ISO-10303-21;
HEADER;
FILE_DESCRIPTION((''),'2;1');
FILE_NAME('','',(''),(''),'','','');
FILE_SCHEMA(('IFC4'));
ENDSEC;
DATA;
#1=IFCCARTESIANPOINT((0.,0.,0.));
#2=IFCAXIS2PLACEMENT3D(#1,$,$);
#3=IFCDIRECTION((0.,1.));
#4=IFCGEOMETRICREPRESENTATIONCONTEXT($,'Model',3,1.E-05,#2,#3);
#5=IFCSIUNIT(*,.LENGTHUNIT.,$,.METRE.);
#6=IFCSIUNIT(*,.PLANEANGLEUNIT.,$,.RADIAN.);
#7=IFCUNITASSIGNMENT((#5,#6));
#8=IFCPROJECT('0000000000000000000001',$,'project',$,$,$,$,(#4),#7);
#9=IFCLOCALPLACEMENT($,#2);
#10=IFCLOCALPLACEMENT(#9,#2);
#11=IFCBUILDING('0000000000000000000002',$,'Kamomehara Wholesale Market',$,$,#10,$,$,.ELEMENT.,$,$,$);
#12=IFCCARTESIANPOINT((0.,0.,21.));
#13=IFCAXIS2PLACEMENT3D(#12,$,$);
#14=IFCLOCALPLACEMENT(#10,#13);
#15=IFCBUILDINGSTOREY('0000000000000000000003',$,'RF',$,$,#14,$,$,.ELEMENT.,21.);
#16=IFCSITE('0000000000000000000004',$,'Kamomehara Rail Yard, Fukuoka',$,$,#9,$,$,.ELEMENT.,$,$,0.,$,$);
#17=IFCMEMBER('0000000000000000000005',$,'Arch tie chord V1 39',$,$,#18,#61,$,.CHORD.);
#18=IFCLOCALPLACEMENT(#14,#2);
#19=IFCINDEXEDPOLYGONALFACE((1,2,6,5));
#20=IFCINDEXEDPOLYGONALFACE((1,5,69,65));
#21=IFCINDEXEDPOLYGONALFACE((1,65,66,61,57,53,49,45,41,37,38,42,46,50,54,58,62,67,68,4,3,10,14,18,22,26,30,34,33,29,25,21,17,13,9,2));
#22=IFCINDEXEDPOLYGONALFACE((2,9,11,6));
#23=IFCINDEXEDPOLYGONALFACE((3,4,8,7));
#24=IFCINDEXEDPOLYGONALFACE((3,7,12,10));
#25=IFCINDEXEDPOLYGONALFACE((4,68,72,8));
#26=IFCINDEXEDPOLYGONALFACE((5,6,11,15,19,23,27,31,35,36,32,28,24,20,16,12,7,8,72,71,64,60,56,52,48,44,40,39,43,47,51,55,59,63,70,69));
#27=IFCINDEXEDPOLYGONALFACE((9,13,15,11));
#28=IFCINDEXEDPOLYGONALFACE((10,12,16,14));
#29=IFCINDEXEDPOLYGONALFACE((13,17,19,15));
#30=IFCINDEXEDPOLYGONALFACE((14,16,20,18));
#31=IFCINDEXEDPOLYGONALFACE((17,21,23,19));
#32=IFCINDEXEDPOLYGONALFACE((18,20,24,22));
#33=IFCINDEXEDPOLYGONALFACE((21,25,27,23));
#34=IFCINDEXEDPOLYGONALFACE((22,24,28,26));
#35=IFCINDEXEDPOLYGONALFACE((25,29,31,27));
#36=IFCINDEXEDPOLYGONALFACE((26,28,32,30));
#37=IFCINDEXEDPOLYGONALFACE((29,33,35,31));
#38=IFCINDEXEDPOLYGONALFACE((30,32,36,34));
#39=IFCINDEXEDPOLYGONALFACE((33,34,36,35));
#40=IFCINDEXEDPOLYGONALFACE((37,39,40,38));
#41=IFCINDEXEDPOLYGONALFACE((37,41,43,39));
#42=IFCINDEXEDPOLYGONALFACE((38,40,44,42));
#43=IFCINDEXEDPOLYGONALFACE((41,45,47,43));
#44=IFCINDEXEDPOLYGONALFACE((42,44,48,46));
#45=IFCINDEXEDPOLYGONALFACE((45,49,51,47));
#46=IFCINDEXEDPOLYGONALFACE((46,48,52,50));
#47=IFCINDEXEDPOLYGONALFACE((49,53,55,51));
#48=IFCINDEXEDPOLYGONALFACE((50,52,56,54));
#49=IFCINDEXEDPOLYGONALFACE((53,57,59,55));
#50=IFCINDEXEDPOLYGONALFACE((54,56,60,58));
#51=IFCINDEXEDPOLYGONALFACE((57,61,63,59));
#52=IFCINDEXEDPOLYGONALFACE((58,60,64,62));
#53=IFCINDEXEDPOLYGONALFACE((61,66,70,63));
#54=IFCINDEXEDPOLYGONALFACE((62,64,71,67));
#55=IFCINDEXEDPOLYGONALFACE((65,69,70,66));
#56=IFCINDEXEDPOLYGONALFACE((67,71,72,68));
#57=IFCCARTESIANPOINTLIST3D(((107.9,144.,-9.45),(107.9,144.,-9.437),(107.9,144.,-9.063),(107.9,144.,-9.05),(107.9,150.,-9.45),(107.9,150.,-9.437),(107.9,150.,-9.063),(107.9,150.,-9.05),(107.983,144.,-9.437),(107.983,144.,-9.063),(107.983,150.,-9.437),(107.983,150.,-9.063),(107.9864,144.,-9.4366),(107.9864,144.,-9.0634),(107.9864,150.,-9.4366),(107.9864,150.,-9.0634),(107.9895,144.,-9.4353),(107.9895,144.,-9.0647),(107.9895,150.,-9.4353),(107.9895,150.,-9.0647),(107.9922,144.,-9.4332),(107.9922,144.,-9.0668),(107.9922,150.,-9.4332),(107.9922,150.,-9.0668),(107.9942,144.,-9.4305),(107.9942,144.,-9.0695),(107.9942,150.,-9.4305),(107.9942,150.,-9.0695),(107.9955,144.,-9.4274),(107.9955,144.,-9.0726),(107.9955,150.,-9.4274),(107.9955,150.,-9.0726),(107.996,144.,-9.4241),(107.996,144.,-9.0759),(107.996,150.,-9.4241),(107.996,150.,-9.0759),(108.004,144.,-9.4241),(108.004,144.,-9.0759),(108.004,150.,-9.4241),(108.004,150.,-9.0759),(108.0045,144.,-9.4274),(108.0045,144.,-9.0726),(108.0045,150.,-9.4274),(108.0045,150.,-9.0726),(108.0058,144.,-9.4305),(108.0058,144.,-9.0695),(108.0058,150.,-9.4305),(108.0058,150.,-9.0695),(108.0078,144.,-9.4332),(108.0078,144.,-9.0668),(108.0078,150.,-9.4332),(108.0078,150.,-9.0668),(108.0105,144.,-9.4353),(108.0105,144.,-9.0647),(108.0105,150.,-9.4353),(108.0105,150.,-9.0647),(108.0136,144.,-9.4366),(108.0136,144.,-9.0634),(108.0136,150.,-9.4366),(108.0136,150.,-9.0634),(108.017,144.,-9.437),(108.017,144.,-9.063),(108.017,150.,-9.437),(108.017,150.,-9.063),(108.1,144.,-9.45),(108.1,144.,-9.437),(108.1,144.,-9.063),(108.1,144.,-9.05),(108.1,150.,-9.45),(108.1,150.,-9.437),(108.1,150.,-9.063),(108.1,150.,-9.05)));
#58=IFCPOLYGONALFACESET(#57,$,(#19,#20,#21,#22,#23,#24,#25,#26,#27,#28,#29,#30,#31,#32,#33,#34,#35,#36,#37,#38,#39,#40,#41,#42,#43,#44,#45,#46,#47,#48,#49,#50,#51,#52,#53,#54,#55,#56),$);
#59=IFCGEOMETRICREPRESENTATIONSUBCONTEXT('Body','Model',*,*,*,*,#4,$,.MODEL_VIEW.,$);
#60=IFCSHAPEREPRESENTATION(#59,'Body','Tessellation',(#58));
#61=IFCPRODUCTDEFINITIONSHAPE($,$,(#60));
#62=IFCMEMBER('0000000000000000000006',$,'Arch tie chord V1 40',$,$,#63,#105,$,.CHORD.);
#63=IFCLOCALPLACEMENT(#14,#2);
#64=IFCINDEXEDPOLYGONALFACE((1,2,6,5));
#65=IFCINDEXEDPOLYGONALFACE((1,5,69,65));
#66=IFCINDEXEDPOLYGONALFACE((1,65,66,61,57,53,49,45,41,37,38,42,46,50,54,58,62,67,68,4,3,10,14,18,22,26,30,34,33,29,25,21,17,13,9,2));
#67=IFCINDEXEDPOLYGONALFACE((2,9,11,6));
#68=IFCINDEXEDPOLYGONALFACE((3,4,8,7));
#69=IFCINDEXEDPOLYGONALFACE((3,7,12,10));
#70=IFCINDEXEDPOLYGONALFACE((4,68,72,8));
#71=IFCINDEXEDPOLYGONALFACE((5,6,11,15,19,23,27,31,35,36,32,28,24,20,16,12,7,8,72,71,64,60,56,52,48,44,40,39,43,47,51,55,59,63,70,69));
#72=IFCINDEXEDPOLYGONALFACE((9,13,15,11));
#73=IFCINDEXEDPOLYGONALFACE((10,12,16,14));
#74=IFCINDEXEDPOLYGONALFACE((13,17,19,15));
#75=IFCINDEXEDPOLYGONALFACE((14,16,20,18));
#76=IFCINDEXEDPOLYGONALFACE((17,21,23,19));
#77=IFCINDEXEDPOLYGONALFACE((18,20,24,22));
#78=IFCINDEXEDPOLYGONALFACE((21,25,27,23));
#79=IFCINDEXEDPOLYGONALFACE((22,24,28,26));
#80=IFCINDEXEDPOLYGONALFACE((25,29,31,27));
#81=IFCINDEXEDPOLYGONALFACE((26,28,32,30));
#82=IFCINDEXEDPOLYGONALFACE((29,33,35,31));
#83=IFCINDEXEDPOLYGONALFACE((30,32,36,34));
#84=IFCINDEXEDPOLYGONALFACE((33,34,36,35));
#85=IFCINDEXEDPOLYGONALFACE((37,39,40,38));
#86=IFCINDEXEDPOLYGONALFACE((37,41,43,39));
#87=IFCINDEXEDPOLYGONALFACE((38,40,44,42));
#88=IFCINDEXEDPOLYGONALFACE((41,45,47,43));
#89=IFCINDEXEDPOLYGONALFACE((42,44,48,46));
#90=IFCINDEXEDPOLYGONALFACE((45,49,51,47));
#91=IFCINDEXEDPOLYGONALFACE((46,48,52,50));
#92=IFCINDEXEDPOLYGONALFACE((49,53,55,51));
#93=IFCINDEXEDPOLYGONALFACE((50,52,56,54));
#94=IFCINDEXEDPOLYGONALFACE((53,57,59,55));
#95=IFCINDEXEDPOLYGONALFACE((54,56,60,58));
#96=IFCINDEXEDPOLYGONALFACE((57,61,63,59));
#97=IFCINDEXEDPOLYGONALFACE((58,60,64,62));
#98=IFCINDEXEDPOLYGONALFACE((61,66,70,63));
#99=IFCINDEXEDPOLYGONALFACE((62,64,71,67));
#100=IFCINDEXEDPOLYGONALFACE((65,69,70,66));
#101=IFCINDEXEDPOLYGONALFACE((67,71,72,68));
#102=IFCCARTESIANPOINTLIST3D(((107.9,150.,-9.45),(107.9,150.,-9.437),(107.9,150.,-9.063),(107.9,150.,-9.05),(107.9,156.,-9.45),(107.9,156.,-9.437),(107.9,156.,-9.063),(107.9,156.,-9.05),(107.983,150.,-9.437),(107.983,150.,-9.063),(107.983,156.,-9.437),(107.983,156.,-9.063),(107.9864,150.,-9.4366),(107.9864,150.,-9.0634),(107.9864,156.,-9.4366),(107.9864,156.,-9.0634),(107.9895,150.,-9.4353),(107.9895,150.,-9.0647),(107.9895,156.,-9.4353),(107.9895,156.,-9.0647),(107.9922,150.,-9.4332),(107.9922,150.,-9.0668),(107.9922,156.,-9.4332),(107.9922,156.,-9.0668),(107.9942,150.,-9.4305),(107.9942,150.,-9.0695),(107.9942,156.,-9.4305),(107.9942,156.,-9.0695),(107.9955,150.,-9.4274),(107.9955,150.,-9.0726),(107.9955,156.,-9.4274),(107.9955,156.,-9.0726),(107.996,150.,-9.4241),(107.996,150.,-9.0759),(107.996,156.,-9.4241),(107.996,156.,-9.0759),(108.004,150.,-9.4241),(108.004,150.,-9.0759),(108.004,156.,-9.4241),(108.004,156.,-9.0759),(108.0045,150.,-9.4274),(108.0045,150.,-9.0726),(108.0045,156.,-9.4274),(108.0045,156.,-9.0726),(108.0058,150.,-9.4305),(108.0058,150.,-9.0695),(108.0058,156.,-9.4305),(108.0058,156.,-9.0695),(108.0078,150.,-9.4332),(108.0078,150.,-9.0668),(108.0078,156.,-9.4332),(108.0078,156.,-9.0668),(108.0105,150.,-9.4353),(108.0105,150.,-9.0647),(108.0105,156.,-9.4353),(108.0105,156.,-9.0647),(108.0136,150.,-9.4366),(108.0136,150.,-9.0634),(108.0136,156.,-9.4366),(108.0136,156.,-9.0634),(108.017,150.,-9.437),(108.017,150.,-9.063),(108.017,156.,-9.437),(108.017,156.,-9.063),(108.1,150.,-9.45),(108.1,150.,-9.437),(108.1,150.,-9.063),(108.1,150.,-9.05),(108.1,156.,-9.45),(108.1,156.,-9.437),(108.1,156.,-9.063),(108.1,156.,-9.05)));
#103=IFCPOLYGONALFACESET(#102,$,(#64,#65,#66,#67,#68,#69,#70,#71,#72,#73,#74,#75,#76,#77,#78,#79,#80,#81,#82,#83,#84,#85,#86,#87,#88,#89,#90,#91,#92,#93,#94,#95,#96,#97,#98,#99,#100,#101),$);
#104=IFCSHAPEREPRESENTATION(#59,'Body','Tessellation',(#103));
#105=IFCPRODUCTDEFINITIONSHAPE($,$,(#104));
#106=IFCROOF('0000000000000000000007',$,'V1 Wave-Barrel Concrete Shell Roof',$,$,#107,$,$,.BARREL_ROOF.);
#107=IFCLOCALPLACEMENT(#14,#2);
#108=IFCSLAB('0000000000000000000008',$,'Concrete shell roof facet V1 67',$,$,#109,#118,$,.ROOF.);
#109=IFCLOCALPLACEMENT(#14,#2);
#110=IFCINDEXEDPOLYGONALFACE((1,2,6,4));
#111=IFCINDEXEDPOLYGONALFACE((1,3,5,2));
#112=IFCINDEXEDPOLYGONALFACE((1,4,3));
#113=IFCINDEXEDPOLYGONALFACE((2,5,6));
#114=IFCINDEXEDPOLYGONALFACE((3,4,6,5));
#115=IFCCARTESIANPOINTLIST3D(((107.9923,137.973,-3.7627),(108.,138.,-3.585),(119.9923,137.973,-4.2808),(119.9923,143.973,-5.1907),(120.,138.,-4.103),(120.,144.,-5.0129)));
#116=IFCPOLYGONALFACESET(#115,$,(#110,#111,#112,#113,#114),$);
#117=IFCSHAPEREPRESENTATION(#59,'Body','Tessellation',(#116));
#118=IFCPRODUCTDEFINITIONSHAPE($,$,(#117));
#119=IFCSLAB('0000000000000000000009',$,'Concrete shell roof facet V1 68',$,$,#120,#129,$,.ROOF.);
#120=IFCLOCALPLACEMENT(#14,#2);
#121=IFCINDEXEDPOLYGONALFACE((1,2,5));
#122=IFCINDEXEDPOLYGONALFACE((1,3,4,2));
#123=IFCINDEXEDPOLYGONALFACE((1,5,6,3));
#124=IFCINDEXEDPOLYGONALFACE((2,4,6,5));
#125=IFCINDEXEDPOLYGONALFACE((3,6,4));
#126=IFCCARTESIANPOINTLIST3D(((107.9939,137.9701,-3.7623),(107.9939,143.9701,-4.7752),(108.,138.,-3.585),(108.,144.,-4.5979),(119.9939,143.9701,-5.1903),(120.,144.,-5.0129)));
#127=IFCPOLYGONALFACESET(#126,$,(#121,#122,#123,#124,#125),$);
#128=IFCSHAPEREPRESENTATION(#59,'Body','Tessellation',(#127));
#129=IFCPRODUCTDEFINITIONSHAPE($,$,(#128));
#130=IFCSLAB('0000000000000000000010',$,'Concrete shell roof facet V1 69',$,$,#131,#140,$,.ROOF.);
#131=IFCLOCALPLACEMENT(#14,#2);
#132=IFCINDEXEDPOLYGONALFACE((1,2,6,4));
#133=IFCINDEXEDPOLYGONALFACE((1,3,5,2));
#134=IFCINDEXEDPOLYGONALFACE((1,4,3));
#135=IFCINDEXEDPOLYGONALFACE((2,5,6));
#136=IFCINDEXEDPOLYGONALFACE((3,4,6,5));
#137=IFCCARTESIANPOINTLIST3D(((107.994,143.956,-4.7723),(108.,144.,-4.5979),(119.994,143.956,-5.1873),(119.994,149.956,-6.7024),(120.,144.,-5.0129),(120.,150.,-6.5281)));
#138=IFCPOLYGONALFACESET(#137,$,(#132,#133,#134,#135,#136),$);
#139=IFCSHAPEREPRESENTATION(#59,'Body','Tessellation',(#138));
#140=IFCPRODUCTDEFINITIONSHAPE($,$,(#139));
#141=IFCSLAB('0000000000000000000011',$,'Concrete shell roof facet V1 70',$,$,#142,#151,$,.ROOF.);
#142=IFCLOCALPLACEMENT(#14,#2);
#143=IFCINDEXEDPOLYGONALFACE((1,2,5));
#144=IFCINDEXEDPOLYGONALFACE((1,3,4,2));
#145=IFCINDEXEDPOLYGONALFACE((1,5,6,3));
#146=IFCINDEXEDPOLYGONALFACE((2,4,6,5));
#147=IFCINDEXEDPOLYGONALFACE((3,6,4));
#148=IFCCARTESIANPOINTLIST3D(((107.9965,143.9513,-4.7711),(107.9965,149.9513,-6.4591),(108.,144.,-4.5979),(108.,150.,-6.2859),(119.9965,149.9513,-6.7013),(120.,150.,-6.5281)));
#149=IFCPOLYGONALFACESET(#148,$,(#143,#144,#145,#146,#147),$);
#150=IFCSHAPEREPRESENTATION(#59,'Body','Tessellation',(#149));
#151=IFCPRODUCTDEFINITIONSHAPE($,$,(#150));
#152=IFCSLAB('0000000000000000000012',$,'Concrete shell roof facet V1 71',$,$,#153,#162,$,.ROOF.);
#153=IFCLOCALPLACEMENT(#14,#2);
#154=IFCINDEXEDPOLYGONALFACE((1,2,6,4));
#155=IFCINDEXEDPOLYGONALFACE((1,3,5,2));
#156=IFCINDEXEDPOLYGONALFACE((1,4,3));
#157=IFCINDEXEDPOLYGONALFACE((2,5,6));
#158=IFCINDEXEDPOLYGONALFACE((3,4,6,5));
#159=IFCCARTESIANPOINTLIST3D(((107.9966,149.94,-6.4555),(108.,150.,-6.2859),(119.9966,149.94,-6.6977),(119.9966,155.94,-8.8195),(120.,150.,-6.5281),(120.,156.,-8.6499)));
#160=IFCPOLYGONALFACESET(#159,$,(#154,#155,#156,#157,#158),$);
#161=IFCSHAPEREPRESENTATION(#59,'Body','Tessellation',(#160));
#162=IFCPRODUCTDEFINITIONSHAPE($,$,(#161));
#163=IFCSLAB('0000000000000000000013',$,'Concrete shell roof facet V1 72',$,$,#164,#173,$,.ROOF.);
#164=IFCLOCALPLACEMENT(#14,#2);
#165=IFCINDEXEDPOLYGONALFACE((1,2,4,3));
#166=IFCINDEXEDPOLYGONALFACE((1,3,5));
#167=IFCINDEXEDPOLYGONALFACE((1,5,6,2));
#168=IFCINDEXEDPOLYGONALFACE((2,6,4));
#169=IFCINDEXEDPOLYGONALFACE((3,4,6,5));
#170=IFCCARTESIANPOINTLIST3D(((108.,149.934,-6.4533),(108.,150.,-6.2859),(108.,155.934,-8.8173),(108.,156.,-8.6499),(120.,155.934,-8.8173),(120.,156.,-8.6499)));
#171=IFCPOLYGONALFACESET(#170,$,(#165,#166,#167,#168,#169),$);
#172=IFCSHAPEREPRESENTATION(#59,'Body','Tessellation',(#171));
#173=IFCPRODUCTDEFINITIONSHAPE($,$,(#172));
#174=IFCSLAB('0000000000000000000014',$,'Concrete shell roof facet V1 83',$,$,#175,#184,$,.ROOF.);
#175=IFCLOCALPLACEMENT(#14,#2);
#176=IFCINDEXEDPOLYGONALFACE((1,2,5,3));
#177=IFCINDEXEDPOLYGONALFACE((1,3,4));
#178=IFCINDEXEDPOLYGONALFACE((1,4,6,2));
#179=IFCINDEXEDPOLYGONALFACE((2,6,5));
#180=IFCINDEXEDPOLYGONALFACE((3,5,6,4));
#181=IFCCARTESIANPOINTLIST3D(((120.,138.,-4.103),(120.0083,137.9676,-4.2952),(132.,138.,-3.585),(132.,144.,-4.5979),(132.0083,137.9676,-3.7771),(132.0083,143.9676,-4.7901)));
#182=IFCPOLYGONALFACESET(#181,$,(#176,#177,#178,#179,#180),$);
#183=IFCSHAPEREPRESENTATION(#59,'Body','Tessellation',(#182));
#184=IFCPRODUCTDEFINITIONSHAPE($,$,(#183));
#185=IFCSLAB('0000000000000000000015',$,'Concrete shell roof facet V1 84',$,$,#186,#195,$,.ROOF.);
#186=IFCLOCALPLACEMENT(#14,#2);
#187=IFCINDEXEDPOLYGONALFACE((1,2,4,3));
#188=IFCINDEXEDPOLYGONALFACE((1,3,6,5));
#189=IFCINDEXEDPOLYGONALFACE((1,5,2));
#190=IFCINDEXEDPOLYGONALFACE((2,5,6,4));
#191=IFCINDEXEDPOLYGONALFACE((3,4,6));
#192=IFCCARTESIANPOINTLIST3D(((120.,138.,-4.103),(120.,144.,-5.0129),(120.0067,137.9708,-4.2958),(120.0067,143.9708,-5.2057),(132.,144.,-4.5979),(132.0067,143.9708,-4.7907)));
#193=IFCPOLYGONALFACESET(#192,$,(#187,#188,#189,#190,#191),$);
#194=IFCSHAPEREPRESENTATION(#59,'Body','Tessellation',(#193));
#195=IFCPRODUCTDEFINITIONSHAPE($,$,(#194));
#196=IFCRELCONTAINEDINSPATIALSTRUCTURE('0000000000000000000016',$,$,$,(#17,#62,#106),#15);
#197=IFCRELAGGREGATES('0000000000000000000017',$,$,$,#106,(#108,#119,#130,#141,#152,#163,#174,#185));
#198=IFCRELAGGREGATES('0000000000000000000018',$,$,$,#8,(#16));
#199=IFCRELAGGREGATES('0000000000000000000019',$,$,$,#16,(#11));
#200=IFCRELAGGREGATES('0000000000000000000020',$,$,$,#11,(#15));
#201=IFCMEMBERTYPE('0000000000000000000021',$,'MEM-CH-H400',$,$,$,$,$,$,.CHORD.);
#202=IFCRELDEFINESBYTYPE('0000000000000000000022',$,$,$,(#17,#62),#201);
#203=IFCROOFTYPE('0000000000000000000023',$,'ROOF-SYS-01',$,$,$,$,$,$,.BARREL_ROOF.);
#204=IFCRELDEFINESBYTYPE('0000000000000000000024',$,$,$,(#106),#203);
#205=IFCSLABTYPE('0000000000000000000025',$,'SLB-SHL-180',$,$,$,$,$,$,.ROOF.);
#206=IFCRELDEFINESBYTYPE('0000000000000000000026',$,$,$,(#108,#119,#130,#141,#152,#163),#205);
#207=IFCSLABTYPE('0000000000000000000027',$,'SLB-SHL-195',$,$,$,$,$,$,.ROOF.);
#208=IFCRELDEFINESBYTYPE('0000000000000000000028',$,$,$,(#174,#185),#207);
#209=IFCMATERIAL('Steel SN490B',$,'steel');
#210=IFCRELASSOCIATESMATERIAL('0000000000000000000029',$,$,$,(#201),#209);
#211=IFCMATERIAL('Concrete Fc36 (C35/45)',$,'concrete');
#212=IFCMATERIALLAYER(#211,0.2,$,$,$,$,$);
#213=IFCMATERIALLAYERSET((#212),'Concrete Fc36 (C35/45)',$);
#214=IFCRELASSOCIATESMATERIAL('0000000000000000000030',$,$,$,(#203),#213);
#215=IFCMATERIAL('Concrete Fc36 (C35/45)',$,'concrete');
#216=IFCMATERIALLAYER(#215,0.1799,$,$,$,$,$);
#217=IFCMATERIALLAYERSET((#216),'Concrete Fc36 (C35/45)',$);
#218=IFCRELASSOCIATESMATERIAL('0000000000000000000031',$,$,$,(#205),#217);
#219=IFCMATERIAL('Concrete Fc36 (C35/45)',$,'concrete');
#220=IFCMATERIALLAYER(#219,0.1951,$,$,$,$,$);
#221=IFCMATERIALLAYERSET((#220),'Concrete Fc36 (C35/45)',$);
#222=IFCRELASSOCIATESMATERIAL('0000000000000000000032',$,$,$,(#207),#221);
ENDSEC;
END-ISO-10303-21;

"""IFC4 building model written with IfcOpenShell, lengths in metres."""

from ifc_helpers import new_model, si_unit, direction, frame, origin, origin_2d, place, context, subcontext, project, spatial, polyline, i_section, outline, extrude, material, layer, layer_set, material_profile, profile_set, type_object, element, aggregate, save


model = new_model("IFC4")

# Units and contexts
model_context = context("Model", 3, precision=1e-05, world=origin(), true_north=direction((0.0, 1.0)))
body_context = subcontext(model_context, "Body", "Model", "MODEL_VIEW")
ifc_project = project(units=[si_unit("LENGTHUNIT", "METRE"), si_unit("PLANEANGLEUNIT", "RADIAN")], contexts=[model_context])

# Site, building, storey
site_placement = place(None, origin())
site = spatial("IfcSite", under=ifc_project, at=site_placement, Name="Kamomehara Rail Yard, Fukuoka", CompositionType="ELEMENT", RefElevation=0.0)
building_placement = place(site_placement, origin())
building = spatial("IfcBuilding", under=site, at=building_placement, Name="Kamomehara Wholesale Market", CompositionType="ELEMENT")
storey_placement = place(building_placement, frame((0.0, 0.0, 21.0)))
storey = spatial("IfcBuildingStorey", under=building, at=storey_placement, Name="RF", CompositionType="ELEMENT", Elevation=21.0)

# Members
ifc_material_1 = material(Name="Steel SN490B", Category="steel")
ifc_material_profile_1 = material_profile(ifc_material_1, i_section(OverallWidth=0.2, OverallDepth=0.3999, WebThickness=0.0081, FlangeThickness=0.0129, FilletRadius=0.0129, at=origin_2d()), Name="H-400x200x8x13")
ifc_profile_set_1 = profile_set([ifc_material_profile_1], Name="Steel SN490B")
member_type_1 = type_object("IfcMemberType", Name="MEM-CH-H400", PredefinedType="CHORD", material=ifc_profile_set_1)
for number, where, z_axis, x_axis, name in (
    (1, (108.0, 144.0, -9.25), (0.0, 1.0, 0.0), (-1.0, 0.0, 0.0), "Arch tie chord V1 39"),
    (2, (108.0, 150.0, -9.25), (0.0, 1.0, 0.0), (-1.0, 0.0, 0.0), "Arch tie chord V1 40"),
):
    element("IfcMember", number, at=place(storey_placement, frame(where, z_axis=z_axis, x_axis=x_axis)), inside=storey, type_object=member_type_1, Name=name, PredefinedType="CHORD", context=body_context, shape_type="SweptSolid", body=[
        extrude(i_section(OverallWidth=0.2, OverallDepth=0.3999, WebThickness=0.0081, FlangeThickness=0.0129, FilletRadius=0.0129, at=origin_2d()), origin(), (0.0, 0.0, 1.0), 6.0),
    ])

# Roof, slabs
ifc_material_2 = material(Name="Concrete Fc36 (C35/45)", Category="concrete")
ifc_layer_1 = layer(ifc_material_2, 0.2)
ifc_layer_set_1 = layer_set([ifc_layer_1], Name="Concrete Fc36 (C35/45)")
roof_type = type_object("IfcRoofType", Name="ROOF-SYS-01", PredefinedType="BARREL_ROOF", material=ifc_layer_set_1)
roof_placement = place(storey_placement, origin())
roof = element("IfcRoof", 3, at=roof_placement, inside=storey, type_object=roof_type, Name="V1 Wave-Barrel Concrete Shell Roof", PredefinedType="BARREL_ROOF")
ifc_material_3 = material(Name="Concrete Fc36 (C35/45)", Category="concrete")
ifc_layer_2 = layer(ifc_material_3, 0.1799)
ifc_layer_set_2 = layer_set([ifc_layer_2], Name="Concrete Fc36 (C35/45)")
slab_type_1 = type_object("IfcSlabType", Name="SLB-SHL-180", PredefinedType="ROOF", material=ifc_layer_set_2)
slab_1_placement = place(storey_placement, frame((108.0, 138.0, -3.585), z_axis=(0.042645, 0.149801, 0.987796), x_axis=(0.999069, 0.0, -0.043132)))
slab_1 = element("IfcSlab", 4, at=slab_1_placement, type_object=slab_type_1, Name="Concrete shell roof facet V1 67", PredefinedType="ROOF", context=body_context, shape_type="SweptSolid", body=[
    extrude(outline(polyline([(0.0, 0.0), (12.0112, 0.0), (12.0504, 6.0685), (0.0, 0.0)])), origin(), (0.0, 0.0, -1.0), 0.1799),
])
slab_2_placement = place(storey_placement, frame((108.0, 138.0, -3.585), z_axis=(0.034084, 0.166371, 0.985474), x_axis=(0.889404, 0.444702, -0.105837)))
slab_2 = element("IfcSlab", 5, at=slab_2_placement, type_object=slab_type_1, Name="Concrete shell roof facet V1 68", PredefinedType="ROOF", context=body_context, shape_type="SweptSolid", body=[
    extrude(outline(polyline([(0.0, 0.0), (13.4922, 0.0), (2.7754, 5.4151), (0.0, 0.0)])), origin(), (0.0, 0.0, -1.0), 0.1799),
])
slab_3_placement = place(storey_placement, frame((108.0, 144.0, -4.5979), z_axis=(0.033515, 0.2447, 0.96902), x_axis=(0.999402, 0.0, -0.034566)))
slab_3 = element("IfcSlab", 6, at=slab_3_placement, type_object=slab_type_1, Name="Concrete shell roof facet V1 69", PredefinedType="ROOF", context=body_context, shape_type="SweptSolid", body=[
    extrude(outline(polyline([(0.0, 0.0), (12.0072, 0.0), (12.0595, 6.1881), (0.0, 0.0)])), origin(), (0.0, 0.0, -1.0), 0.1799),
])
slab_4_placement = place(storey_placement, frame((108.0, 144.0, -4.5979), z_axis=(0.019424, 0.270767, 0.962449), x_axis=(0.885312, 0.442656, -0.142401)))
slab_4 = element("IfcSlab", 7, at=slab_4_placement, type_object=slab_type_1, Name="Concrete shell roof facet V1 70", PredefinedType="ROOF", context=body_context, shape_type="SweptSolid", body=[
    extrude(outline(polyline([(0.0, 0.0), (13.5545, 0.0), (2.8963, 5.5191), (0.0, 0.0)])), origin(), (0.0, 0.0, -1.0), 0.1799),
])
slab_5_placement = place(storey_placement, frame((108.0, 150.0, -6.2859), z_axis=(0.019024, 0.333344, 0.942613), x_axis=(0.999796, 0.0, -0.020178)))
slab_5 = element("IfcSlab", 8, at=slab_5_placement, type_object=slab_type_1, Name="Concrete shell roof facet V1 71", PredefinedType="ROOF", context=body_context, shape_type="SweptSolid", body=[
    extrude(outline(polyline([(0.0, 0.0), (12.0024, 0.0), (12.0453, 6.364), (0.0, 0.0)])), origin(), (0.0, 0.0, -1.0), 0.1799),
])
slab_6_placement = place(storey_placement, frame((108.0, 150.0, -6.2859), z_axis=(0.0, 0.366575, 0.930388), x_axis=(0.880857, 0.440429, -0.17353)))
slab_6 = element("IfcSlab", 9, at=slab_6_placement, type_object=slab_type_1, Name="Concrete shell roof facet V1 72", PredefinedType="ROOF", context=body_context, shape_type="SweptSolid", body=[
    extrude(outline(polyline([(0.0, 0.0), (13.6231, 0.0), (3.0528, 5.6806), (0.0, 0.0)])), origin(), (0.0, 0.0, -1.0), 0.1799),
])
ifc_material_4 = material(Name="Concrete Fc36 (C35/45)", Category="concrete")
ifc_layer_3 = layer(ifc_material_4, 0.1951)
ifc_layer_set_3 = layer_set([ifc_layer_3], Name="Concrete Fc36 (C35/45)")
slab_type_2 = type_object("IfcSlabType", Name="SLB-SHL-195", PredefinedType="ROOF", material=ifc_layer_set_3)
slab_7_placement = place(storey_placement, frame((120.0, 138.0, -4.103), z_axis=(-0.042531, 0.166317, 0.985155), x_axis=(0.999069, 0.0, 0.043132)))
slab_7 = element("IfcSlab", 10, at=slab_7_placement, type_object=slab_type_2, Name="Concrete shell roof facet V1 83", PredefinedType="ROOF", context=body_context, shape_type="SweptSolid", body=[
    extrude(outline(polyline([(0.0, 0.0), (12.0112, 0.0), (11.9675, 6.0847), (0.0, 0.0)])), origin(), (0.0, 0.0, -1.0), 0.1951),
])
slab_8_placement = place(storey_placement, frame((120.0, 138.0, -4.103), z_axis=(-0.034176, 0.14985, 0.988118), x_axis=(0.893819, 0.44691, -0.036861)))
slab_8 = element("IfcSlab", 11, at=slab_8_placement, type_object=slab_type_2, Name="Concrete shell roof facet V1 84", PredefinedType="ROOF", context=body_context, shape_type="SweptSolid", body=[
    extrude(outline(polyline([(0.0, 0.0), (13.4255, 0.0), (2.715, 5.4274), (0.0, 0.0)])), origin(), (0.0, 0.0, -1.0), 0.1951),
])
aggregate(roof, [slab_1, slab_2, slab_3, slab_4, slab_5, slab_6, slab_7, slab_8])

save(model, "model.ifc")
